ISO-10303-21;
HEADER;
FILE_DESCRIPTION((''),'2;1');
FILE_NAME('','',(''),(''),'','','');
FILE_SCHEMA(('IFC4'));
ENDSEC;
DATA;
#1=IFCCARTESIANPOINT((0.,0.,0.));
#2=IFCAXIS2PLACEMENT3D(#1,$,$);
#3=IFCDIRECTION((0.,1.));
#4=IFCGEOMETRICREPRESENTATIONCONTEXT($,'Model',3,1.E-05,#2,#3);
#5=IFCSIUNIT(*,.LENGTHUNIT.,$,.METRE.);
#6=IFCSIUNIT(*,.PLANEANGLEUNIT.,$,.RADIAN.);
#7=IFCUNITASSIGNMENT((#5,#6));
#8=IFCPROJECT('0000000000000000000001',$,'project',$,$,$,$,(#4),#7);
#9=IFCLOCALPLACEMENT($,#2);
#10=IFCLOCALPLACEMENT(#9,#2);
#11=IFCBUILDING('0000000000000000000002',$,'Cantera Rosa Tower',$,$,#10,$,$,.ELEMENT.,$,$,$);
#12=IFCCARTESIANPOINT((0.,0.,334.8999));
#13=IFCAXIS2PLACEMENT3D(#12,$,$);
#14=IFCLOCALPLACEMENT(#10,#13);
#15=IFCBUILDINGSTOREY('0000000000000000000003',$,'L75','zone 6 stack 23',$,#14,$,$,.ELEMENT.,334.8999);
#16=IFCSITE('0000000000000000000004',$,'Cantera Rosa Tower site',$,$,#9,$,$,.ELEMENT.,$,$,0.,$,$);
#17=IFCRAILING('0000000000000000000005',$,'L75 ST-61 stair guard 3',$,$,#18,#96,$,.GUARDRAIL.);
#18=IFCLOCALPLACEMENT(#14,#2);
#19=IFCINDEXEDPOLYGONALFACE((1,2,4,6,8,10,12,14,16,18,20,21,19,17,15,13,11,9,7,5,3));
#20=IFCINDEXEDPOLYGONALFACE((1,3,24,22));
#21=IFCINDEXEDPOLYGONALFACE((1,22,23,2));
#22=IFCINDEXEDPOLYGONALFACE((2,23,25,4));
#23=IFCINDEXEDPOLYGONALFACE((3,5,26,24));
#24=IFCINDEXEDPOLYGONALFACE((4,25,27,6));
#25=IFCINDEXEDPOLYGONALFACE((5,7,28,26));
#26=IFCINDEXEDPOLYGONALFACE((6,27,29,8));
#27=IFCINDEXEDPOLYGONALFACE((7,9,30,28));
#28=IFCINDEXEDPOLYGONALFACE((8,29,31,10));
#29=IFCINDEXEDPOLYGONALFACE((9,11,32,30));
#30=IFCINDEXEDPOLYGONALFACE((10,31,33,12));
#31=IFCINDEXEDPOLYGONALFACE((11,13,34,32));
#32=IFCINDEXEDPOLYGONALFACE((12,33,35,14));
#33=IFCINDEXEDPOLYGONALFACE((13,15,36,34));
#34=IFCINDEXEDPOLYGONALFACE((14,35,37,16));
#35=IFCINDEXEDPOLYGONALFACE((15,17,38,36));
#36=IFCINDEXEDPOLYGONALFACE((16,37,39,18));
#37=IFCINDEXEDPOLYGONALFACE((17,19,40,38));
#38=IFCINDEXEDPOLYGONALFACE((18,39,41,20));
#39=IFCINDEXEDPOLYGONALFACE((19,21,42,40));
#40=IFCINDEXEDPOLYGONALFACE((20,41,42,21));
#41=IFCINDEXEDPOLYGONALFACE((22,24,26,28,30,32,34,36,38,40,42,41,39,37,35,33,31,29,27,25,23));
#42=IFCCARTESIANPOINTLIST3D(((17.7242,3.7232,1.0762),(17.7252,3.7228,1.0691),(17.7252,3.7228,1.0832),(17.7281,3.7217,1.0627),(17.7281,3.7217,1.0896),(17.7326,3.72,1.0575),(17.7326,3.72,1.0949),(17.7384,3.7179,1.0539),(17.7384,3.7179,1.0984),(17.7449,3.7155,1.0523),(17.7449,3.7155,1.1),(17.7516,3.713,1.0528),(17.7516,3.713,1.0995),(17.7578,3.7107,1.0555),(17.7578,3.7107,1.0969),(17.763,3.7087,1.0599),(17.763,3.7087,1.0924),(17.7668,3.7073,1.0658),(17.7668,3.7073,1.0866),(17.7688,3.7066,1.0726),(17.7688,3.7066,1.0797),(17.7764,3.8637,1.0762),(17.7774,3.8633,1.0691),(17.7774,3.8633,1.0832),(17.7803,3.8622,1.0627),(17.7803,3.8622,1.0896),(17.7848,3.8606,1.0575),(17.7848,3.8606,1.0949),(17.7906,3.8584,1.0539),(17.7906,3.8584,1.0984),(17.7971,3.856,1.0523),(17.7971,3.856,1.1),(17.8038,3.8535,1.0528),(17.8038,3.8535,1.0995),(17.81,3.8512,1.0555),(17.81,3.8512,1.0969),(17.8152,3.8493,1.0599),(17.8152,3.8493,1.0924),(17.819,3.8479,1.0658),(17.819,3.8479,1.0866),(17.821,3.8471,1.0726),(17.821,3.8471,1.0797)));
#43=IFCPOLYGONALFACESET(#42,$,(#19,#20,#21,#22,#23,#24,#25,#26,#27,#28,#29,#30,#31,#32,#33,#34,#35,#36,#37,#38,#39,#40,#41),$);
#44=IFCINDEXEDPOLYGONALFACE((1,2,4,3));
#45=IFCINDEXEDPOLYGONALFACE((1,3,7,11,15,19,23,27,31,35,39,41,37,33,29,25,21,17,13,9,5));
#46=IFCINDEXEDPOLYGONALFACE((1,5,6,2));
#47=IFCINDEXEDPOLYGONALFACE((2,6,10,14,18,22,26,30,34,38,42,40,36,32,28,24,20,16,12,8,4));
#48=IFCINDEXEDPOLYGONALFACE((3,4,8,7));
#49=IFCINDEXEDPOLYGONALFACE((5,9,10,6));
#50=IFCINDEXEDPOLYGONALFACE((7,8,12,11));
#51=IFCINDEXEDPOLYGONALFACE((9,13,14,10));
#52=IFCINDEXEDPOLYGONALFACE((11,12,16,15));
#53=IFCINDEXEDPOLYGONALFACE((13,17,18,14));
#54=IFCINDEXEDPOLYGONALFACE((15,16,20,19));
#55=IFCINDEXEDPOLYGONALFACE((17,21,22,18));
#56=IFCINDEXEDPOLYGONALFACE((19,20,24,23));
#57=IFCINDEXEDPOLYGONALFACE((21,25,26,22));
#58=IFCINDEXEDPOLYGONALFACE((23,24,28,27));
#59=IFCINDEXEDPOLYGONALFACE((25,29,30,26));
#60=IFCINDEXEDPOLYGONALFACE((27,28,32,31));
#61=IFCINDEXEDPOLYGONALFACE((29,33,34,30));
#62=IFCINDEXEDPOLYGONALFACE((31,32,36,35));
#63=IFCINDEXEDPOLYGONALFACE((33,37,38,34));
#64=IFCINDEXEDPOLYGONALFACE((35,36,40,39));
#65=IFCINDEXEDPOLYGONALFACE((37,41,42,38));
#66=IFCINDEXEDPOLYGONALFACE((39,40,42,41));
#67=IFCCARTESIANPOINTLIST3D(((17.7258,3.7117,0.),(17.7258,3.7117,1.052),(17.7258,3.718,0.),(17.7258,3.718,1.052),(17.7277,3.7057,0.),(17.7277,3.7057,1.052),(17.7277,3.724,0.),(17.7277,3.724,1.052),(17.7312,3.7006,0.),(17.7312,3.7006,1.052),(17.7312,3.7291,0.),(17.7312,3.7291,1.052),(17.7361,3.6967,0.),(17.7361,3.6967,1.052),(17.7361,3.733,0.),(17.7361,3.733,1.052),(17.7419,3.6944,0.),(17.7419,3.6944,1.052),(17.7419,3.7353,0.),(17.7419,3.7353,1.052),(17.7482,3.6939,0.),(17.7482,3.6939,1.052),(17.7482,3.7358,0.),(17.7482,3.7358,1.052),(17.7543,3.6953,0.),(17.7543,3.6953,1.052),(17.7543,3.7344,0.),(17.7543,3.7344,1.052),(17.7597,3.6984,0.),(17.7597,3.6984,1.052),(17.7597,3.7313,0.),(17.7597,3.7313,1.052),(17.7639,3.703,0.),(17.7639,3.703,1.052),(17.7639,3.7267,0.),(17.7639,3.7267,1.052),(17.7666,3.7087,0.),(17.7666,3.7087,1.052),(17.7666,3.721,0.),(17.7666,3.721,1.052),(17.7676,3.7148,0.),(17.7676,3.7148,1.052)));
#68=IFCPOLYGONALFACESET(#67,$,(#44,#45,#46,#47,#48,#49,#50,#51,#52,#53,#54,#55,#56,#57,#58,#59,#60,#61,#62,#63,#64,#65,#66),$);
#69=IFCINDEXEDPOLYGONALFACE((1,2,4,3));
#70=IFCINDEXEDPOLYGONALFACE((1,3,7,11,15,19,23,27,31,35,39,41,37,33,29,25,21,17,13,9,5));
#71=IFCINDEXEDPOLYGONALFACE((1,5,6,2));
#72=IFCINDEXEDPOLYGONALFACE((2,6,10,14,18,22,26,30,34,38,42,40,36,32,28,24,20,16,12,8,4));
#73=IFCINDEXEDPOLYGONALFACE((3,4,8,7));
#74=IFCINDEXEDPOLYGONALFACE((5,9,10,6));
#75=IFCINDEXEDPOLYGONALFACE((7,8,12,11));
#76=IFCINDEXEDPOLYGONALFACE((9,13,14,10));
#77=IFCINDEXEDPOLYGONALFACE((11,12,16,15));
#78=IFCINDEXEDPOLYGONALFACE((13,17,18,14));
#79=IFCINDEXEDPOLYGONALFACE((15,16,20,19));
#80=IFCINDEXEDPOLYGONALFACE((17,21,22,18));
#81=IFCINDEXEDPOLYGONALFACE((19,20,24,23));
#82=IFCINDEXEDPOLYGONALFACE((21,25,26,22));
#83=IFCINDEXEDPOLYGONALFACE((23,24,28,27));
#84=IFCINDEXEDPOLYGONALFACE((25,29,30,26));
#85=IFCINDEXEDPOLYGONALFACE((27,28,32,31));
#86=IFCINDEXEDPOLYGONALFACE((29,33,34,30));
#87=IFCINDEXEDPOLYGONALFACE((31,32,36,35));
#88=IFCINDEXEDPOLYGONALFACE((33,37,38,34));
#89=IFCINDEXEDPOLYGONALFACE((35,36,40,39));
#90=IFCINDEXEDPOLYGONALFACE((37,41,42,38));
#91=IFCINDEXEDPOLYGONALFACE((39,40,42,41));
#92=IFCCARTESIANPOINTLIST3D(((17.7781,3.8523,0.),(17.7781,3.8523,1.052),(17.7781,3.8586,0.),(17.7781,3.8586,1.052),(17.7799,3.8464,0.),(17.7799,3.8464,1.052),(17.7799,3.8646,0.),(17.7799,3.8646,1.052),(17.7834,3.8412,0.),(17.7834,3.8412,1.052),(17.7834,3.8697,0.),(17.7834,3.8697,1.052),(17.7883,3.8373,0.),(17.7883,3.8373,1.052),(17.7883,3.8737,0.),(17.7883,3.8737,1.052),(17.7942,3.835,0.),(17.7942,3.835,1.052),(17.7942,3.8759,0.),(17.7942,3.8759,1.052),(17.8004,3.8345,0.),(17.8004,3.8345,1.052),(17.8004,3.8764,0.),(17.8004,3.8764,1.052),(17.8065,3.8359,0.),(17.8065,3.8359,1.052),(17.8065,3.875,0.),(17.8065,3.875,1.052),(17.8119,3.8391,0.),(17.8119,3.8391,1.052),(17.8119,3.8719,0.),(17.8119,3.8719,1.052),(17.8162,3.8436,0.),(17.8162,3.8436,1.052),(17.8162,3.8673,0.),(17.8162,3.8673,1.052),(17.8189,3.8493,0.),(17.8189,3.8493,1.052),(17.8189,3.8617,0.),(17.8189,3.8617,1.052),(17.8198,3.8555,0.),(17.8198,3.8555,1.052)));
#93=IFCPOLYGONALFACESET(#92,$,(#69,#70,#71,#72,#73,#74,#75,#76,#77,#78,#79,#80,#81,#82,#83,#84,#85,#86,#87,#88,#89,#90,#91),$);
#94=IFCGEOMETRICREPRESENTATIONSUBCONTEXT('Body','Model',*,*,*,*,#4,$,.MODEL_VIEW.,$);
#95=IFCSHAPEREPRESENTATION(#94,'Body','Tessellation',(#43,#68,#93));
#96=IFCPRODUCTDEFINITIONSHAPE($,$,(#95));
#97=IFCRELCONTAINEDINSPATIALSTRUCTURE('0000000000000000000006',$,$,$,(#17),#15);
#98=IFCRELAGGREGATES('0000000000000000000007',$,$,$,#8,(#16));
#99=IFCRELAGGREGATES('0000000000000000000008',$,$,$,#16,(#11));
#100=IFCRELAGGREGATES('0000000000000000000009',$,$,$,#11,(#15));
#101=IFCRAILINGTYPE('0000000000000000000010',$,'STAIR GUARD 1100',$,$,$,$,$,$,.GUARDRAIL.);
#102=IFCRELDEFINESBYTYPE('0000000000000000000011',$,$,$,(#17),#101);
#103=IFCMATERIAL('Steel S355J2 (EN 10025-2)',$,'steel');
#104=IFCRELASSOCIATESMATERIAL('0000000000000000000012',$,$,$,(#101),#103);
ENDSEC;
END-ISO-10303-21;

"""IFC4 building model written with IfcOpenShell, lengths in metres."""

from ifc_helpers import new_model, si_unit, direction, frame, origin, origin_2d, place, context, subcontext, project, spatial, circle, extrude, material, type_object, element, save


model = new_model("IFC4")

# Units and contexts
model_context = context("Model", 3, precision=1e-05, world=origin(), true_north=direction((0.0, 1.0)))
body_context = subcontext(model_context, "Body", "Model", "MODEL_VIEW")
ifc_project = project(units=[si_unit("LENGTHUNIT", "METRE"), si_unit("PLANEANGLEUNIT", "RADIAN")], contexts=[model_context])

# Site, building, storey
site_placement = place(None, origin())
site = spatial("IfcSite", under=ifc_project, at=site_placement, Name="Cantera Rosa Tower site", CompositionType="ELEMENT", RefElevation=0.0)
building_placement = place(site_placement, origin())
building = spatial("IfcBuilding", under=site, at=building_placement, Name="Cantera Rosa Tower", CompositionType="ELEMENT")
storey_placement = place(building_placement, frame((0.0, 0.0, 334.8999)))
storey = spatial("IfcBuildingStorey", under=building, at=storey_placement, Name="L75", Description="zone 6 stack 23", CompositionType="ELEMENT", Elevation=334.8999)

# Railing
ifc_material_1 = material(Name="Steel S355J2 (EN 10025-2)", Category="steel")
railing_type_1 = type_object("IfcRailingType", Name="STAIR GUARD 1100", PredefinedType="GUARDRAIL", material=ifc_material_1)
railing_1_placement = place(storey_placement, frame((17.7466, 3.7148, 0.0)))
element("IfcRailing", 1, at=railing_1_placement, inside=storey, type_object=railing_type_1, Name="L75 ST-61 stair guard 3", PredefinedType="GUARDRAIL", context=body_context, shape_type="SweptSolid", body=[
    extrude(circle(Radius=0.0239, at=origin_2d()), frame((0.0, 0.0, 1.0762), z_axis=(0.348268, 0.937395, 0.0), x_axis=(-0.937395, 0.348268, 0.0)), (0.0, 0.0, 1.0), 0.1499),
    extrude(circle(Radius=0.021, at=origin_2d()), origin(), (0.0, 0.0, 1.0), 1.052),
    extrude(circle(Radius=0.021, at=origin_2d()), frame((0.0522, 0.1406, 0.0)), (0.0, 0.0, 1.0), 1.052),
])

save(model, "model.ifc")
